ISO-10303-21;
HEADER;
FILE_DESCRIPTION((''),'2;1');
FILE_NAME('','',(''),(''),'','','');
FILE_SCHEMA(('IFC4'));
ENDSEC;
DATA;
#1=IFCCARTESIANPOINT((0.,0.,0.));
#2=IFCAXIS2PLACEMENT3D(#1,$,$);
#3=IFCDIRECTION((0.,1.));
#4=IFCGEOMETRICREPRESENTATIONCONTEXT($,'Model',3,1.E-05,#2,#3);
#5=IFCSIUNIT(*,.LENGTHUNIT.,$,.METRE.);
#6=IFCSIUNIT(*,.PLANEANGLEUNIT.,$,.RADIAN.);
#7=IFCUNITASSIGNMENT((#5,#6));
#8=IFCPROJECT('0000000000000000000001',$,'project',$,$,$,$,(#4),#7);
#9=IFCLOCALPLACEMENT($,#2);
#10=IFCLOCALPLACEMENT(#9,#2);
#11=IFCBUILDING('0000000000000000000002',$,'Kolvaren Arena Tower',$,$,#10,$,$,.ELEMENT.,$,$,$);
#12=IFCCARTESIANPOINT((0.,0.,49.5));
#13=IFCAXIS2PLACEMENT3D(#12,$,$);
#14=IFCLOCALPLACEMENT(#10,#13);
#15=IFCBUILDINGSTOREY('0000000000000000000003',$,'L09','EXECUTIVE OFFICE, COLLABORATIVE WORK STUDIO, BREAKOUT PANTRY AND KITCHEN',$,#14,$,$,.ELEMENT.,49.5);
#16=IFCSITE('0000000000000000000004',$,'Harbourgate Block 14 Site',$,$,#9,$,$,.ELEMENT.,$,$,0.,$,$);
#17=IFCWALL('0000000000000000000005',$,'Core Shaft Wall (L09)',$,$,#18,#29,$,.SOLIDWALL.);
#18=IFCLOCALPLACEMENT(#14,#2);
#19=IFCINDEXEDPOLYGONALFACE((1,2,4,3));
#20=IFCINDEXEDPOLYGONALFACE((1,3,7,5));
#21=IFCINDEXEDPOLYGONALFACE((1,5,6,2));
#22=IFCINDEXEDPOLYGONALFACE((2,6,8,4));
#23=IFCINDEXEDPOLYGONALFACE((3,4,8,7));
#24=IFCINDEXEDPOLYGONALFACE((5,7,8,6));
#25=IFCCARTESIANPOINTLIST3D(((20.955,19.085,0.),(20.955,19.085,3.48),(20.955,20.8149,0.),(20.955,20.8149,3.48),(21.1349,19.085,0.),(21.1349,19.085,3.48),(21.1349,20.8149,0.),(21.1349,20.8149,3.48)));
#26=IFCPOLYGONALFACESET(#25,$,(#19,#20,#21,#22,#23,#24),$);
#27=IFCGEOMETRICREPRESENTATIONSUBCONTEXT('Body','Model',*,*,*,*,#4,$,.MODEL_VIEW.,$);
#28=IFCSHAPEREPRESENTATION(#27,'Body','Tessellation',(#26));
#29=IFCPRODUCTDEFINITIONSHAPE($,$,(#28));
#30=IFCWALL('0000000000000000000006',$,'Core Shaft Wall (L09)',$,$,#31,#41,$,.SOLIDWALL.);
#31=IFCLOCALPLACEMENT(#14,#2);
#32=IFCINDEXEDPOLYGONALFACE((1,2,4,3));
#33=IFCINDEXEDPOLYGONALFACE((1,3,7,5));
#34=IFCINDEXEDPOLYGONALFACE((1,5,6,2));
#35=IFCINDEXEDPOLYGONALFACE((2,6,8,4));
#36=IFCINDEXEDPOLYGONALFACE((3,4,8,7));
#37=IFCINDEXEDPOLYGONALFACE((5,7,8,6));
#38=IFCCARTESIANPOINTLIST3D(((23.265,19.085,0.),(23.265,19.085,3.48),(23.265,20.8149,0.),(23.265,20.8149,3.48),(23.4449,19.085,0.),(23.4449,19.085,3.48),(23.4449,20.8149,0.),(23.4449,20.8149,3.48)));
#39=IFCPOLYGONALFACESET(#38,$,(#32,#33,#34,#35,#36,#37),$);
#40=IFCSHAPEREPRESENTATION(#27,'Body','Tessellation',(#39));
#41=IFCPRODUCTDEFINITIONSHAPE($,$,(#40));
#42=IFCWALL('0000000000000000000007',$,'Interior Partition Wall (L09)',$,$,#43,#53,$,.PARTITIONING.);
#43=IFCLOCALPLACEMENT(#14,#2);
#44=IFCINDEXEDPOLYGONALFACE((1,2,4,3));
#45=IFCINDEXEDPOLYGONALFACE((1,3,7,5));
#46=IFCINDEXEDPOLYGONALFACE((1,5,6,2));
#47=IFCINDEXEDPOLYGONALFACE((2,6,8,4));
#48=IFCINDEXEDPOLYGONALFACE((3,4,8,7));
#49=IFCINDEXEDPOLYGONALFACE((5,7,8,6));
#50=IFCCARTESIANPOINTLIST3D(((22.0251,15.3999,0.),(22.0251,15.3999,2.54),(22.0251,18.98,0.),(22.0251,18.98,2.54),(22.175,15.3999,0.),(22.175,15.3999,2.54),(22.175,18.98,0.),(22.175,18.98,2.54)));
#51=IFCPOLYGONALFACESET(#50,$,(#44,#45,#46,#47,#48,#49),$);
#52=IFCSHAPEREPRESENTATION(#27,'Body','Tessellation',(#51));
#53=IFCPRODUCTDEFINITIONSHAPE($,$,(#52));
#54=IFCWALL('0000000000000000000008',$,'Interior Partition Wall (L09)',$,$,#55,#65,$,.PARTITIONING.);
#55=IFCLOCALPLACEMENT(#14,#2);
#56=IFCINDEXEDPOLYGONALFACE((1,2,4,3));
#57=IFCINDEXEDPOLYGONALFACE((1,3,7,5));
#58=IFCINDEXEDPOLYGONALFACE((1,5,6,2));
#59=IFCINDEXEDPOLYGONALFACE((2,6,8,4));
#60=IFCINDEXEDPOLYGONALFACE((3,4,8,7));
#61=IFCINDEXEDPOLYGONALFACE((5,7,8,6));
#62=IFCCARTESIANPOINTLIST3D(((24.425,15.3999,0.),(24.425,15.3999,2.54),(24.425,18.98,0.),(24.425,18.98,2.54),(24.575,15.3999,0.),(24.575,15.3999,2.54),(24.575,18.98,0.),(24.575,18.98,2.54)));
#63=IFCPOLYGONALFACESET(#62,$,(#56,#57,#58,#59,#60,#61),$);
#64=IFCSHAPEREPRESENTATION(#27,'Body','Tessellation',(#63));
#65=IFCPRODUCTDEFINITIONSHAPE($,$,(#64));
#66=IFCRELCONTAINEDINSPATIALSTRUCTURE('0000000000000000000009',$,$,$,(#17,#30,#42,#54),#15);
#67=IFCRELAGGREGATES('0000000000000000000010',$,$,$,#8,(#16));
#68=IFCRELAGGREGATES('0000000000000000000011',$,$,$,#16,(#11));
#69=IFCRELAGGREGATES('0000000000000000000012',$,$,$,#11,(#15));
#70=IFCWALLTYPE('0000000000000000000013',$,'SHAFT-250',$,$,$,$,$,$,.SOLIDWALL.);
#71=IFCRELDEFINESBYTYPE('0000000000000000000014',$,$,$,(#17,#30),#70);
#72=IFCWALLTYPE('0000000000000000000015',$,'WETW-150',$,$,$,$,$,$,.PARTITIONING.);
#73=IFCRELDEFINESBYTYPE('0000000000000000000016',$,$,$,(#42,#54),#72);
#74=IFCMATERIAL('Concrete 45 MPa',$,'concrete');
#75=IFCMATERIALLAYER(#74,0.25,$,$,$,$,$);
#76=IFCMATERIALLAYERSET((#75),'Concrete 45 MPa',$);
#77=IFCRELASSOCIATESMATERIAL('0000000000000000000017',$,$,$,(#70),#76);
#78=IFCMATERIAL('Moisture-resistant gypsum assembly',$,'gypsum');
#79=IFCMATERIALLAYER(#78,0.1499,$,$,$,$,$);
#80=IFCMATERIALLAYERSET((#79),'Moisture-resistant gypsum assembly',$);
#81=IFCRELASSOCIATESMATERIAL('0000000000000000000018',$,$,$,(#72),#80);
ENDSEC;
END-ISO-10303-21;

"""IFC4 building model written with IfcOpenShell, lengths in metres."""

from ifc_helpers import new_model, si_unit, direction, frame, frame_2d, origin, place, context, subcontext, project, spatial, rectangle, extrude, material, layer, layer_set, type_object, element, save


model = new_model("IFC4")

# Units and contexts
model_context = context("Model", 3, precision=1e-05, world=origin(), true_north=direction((0.0, 1.0)))
body_context = subcontext(model_context, "Body", "Model", "MODEL_VIEW")
ifc_project = project(units=[si_unit("LENGTHUNIT", "METRE"), si_unit("PLANEANGLEUNIT", "RADIAN")], contexts=[model_context])

# Site, building, storey
site_placement = place(None, origin())
site = spatial("IfcSite", under=ifc_project, at=site_placement, Name="Harbourgate Block 14 Site", CompositionType="ELEMENT", RefElevation=0.0)
building_placement = place(site_placement, origin())
building = spatial("IfcBuilding", under=site, at=building_placement, Name="Kolvaren Arena Tower", CompositionType="ELEMENT")
storey_placement = place(building_placement, frame((0.0, 0.0, 49.5)))
storey = spatial("IfcBuildingStorey", under=building, at=storey_placement, Name="L09", Description="EXECUTIVE OFFICE, COLLABORATIVE WORK STUDIO, BREAKOUT PANTRY AND KITCHEN", CompositionType="ELEMENT", Elevation=49.5)

# Walls
ifc_material_1 = material(Name="Concrete 45 MPa", Category="concrete")
ifc_layer_1 = layer(ifc_material_1, 0.25)
ifc_layer_set_1 = layer_set([ifc_layer_1], Name="Concrete 45 MPa")
wall_type_1 = type_object("IfcWallType", Name="SHAFT-250", PredefinedType="SOLIDWALL", material=ifc_layer_set_1)
for number, where, z_axis, x_axis, name in (
    (1, (21.0449, 19.085, 0.0), (0.0, 0.0, 1.0), (0.0, 1.0, 0.0), "Core Shaft Wall (L09)"),
    (2, (23.355, 19.085, 0.0), (0.0, 0.0, 1.0), (0.0, 1.0, 0.0), "Core Shaft Wall (L09)"),
):
    element("IfcWall", number, at=place(storey_placement, frame(where, z_axis=z_axis, x_axis=x_axis)), inside=storey, type_object=wall_type_1, Name=name, PredefinedType="SOLIDWALL", context=body_context, shape_type="SweptSolid", body=[
        extrude(rectangle(XDim=1.73, YDim=0.1799, at=frame_2d((0.865, 0.0))), origin(), (0.0, 0.0, 1.0), 3.48),
    ])
ifc_material_2 = material(Name="Moisture-resistant gypsum assembly", Category="gypsum")
ifc_layer_2 = layer(ifc_material_2, 0.1499)
ifc_layer_set_2 = layer_set([ifc_layer_2], Name="Moisture-resistant gypsum assembly")
wall_type_2 = type_object("IfcWallType", Name="WETW-150", PredefinedType="PARTITIONING", material=ifc_layer_set_2)
for number, where, z_axis, x_axis, name in (
    (3, (22.1001, 15.3999, 0.0), (0.0, 0.0, 1.0), (0.0, 1.0, 0.0), "Interior Partition Wall (L09)"),
    (4, (24.5, 15.3999, 0.0), (0.0, 0.0, 1.0), (0.0, 1.0, 0.0), "Interior Partition Wall (L09)"),
):
    element("IfcWall", number, at=place(storey_placement, frame(where, z_axis=z_axis, x_axis=x_axis)), inside=storey, type_object=wall_type_2, Name=name, PredefinedType="PARTITIONING", context=body_context, shape_type="SweptSolid", body=[
        extrude(rectangle(XDim=3.5801, YDim=0.1499, at=frame_2d((1.79, 0.0))), origin(), (0.0, 0.0, 1.0), 2.54),
    ])

save(model, "model.ifc")
